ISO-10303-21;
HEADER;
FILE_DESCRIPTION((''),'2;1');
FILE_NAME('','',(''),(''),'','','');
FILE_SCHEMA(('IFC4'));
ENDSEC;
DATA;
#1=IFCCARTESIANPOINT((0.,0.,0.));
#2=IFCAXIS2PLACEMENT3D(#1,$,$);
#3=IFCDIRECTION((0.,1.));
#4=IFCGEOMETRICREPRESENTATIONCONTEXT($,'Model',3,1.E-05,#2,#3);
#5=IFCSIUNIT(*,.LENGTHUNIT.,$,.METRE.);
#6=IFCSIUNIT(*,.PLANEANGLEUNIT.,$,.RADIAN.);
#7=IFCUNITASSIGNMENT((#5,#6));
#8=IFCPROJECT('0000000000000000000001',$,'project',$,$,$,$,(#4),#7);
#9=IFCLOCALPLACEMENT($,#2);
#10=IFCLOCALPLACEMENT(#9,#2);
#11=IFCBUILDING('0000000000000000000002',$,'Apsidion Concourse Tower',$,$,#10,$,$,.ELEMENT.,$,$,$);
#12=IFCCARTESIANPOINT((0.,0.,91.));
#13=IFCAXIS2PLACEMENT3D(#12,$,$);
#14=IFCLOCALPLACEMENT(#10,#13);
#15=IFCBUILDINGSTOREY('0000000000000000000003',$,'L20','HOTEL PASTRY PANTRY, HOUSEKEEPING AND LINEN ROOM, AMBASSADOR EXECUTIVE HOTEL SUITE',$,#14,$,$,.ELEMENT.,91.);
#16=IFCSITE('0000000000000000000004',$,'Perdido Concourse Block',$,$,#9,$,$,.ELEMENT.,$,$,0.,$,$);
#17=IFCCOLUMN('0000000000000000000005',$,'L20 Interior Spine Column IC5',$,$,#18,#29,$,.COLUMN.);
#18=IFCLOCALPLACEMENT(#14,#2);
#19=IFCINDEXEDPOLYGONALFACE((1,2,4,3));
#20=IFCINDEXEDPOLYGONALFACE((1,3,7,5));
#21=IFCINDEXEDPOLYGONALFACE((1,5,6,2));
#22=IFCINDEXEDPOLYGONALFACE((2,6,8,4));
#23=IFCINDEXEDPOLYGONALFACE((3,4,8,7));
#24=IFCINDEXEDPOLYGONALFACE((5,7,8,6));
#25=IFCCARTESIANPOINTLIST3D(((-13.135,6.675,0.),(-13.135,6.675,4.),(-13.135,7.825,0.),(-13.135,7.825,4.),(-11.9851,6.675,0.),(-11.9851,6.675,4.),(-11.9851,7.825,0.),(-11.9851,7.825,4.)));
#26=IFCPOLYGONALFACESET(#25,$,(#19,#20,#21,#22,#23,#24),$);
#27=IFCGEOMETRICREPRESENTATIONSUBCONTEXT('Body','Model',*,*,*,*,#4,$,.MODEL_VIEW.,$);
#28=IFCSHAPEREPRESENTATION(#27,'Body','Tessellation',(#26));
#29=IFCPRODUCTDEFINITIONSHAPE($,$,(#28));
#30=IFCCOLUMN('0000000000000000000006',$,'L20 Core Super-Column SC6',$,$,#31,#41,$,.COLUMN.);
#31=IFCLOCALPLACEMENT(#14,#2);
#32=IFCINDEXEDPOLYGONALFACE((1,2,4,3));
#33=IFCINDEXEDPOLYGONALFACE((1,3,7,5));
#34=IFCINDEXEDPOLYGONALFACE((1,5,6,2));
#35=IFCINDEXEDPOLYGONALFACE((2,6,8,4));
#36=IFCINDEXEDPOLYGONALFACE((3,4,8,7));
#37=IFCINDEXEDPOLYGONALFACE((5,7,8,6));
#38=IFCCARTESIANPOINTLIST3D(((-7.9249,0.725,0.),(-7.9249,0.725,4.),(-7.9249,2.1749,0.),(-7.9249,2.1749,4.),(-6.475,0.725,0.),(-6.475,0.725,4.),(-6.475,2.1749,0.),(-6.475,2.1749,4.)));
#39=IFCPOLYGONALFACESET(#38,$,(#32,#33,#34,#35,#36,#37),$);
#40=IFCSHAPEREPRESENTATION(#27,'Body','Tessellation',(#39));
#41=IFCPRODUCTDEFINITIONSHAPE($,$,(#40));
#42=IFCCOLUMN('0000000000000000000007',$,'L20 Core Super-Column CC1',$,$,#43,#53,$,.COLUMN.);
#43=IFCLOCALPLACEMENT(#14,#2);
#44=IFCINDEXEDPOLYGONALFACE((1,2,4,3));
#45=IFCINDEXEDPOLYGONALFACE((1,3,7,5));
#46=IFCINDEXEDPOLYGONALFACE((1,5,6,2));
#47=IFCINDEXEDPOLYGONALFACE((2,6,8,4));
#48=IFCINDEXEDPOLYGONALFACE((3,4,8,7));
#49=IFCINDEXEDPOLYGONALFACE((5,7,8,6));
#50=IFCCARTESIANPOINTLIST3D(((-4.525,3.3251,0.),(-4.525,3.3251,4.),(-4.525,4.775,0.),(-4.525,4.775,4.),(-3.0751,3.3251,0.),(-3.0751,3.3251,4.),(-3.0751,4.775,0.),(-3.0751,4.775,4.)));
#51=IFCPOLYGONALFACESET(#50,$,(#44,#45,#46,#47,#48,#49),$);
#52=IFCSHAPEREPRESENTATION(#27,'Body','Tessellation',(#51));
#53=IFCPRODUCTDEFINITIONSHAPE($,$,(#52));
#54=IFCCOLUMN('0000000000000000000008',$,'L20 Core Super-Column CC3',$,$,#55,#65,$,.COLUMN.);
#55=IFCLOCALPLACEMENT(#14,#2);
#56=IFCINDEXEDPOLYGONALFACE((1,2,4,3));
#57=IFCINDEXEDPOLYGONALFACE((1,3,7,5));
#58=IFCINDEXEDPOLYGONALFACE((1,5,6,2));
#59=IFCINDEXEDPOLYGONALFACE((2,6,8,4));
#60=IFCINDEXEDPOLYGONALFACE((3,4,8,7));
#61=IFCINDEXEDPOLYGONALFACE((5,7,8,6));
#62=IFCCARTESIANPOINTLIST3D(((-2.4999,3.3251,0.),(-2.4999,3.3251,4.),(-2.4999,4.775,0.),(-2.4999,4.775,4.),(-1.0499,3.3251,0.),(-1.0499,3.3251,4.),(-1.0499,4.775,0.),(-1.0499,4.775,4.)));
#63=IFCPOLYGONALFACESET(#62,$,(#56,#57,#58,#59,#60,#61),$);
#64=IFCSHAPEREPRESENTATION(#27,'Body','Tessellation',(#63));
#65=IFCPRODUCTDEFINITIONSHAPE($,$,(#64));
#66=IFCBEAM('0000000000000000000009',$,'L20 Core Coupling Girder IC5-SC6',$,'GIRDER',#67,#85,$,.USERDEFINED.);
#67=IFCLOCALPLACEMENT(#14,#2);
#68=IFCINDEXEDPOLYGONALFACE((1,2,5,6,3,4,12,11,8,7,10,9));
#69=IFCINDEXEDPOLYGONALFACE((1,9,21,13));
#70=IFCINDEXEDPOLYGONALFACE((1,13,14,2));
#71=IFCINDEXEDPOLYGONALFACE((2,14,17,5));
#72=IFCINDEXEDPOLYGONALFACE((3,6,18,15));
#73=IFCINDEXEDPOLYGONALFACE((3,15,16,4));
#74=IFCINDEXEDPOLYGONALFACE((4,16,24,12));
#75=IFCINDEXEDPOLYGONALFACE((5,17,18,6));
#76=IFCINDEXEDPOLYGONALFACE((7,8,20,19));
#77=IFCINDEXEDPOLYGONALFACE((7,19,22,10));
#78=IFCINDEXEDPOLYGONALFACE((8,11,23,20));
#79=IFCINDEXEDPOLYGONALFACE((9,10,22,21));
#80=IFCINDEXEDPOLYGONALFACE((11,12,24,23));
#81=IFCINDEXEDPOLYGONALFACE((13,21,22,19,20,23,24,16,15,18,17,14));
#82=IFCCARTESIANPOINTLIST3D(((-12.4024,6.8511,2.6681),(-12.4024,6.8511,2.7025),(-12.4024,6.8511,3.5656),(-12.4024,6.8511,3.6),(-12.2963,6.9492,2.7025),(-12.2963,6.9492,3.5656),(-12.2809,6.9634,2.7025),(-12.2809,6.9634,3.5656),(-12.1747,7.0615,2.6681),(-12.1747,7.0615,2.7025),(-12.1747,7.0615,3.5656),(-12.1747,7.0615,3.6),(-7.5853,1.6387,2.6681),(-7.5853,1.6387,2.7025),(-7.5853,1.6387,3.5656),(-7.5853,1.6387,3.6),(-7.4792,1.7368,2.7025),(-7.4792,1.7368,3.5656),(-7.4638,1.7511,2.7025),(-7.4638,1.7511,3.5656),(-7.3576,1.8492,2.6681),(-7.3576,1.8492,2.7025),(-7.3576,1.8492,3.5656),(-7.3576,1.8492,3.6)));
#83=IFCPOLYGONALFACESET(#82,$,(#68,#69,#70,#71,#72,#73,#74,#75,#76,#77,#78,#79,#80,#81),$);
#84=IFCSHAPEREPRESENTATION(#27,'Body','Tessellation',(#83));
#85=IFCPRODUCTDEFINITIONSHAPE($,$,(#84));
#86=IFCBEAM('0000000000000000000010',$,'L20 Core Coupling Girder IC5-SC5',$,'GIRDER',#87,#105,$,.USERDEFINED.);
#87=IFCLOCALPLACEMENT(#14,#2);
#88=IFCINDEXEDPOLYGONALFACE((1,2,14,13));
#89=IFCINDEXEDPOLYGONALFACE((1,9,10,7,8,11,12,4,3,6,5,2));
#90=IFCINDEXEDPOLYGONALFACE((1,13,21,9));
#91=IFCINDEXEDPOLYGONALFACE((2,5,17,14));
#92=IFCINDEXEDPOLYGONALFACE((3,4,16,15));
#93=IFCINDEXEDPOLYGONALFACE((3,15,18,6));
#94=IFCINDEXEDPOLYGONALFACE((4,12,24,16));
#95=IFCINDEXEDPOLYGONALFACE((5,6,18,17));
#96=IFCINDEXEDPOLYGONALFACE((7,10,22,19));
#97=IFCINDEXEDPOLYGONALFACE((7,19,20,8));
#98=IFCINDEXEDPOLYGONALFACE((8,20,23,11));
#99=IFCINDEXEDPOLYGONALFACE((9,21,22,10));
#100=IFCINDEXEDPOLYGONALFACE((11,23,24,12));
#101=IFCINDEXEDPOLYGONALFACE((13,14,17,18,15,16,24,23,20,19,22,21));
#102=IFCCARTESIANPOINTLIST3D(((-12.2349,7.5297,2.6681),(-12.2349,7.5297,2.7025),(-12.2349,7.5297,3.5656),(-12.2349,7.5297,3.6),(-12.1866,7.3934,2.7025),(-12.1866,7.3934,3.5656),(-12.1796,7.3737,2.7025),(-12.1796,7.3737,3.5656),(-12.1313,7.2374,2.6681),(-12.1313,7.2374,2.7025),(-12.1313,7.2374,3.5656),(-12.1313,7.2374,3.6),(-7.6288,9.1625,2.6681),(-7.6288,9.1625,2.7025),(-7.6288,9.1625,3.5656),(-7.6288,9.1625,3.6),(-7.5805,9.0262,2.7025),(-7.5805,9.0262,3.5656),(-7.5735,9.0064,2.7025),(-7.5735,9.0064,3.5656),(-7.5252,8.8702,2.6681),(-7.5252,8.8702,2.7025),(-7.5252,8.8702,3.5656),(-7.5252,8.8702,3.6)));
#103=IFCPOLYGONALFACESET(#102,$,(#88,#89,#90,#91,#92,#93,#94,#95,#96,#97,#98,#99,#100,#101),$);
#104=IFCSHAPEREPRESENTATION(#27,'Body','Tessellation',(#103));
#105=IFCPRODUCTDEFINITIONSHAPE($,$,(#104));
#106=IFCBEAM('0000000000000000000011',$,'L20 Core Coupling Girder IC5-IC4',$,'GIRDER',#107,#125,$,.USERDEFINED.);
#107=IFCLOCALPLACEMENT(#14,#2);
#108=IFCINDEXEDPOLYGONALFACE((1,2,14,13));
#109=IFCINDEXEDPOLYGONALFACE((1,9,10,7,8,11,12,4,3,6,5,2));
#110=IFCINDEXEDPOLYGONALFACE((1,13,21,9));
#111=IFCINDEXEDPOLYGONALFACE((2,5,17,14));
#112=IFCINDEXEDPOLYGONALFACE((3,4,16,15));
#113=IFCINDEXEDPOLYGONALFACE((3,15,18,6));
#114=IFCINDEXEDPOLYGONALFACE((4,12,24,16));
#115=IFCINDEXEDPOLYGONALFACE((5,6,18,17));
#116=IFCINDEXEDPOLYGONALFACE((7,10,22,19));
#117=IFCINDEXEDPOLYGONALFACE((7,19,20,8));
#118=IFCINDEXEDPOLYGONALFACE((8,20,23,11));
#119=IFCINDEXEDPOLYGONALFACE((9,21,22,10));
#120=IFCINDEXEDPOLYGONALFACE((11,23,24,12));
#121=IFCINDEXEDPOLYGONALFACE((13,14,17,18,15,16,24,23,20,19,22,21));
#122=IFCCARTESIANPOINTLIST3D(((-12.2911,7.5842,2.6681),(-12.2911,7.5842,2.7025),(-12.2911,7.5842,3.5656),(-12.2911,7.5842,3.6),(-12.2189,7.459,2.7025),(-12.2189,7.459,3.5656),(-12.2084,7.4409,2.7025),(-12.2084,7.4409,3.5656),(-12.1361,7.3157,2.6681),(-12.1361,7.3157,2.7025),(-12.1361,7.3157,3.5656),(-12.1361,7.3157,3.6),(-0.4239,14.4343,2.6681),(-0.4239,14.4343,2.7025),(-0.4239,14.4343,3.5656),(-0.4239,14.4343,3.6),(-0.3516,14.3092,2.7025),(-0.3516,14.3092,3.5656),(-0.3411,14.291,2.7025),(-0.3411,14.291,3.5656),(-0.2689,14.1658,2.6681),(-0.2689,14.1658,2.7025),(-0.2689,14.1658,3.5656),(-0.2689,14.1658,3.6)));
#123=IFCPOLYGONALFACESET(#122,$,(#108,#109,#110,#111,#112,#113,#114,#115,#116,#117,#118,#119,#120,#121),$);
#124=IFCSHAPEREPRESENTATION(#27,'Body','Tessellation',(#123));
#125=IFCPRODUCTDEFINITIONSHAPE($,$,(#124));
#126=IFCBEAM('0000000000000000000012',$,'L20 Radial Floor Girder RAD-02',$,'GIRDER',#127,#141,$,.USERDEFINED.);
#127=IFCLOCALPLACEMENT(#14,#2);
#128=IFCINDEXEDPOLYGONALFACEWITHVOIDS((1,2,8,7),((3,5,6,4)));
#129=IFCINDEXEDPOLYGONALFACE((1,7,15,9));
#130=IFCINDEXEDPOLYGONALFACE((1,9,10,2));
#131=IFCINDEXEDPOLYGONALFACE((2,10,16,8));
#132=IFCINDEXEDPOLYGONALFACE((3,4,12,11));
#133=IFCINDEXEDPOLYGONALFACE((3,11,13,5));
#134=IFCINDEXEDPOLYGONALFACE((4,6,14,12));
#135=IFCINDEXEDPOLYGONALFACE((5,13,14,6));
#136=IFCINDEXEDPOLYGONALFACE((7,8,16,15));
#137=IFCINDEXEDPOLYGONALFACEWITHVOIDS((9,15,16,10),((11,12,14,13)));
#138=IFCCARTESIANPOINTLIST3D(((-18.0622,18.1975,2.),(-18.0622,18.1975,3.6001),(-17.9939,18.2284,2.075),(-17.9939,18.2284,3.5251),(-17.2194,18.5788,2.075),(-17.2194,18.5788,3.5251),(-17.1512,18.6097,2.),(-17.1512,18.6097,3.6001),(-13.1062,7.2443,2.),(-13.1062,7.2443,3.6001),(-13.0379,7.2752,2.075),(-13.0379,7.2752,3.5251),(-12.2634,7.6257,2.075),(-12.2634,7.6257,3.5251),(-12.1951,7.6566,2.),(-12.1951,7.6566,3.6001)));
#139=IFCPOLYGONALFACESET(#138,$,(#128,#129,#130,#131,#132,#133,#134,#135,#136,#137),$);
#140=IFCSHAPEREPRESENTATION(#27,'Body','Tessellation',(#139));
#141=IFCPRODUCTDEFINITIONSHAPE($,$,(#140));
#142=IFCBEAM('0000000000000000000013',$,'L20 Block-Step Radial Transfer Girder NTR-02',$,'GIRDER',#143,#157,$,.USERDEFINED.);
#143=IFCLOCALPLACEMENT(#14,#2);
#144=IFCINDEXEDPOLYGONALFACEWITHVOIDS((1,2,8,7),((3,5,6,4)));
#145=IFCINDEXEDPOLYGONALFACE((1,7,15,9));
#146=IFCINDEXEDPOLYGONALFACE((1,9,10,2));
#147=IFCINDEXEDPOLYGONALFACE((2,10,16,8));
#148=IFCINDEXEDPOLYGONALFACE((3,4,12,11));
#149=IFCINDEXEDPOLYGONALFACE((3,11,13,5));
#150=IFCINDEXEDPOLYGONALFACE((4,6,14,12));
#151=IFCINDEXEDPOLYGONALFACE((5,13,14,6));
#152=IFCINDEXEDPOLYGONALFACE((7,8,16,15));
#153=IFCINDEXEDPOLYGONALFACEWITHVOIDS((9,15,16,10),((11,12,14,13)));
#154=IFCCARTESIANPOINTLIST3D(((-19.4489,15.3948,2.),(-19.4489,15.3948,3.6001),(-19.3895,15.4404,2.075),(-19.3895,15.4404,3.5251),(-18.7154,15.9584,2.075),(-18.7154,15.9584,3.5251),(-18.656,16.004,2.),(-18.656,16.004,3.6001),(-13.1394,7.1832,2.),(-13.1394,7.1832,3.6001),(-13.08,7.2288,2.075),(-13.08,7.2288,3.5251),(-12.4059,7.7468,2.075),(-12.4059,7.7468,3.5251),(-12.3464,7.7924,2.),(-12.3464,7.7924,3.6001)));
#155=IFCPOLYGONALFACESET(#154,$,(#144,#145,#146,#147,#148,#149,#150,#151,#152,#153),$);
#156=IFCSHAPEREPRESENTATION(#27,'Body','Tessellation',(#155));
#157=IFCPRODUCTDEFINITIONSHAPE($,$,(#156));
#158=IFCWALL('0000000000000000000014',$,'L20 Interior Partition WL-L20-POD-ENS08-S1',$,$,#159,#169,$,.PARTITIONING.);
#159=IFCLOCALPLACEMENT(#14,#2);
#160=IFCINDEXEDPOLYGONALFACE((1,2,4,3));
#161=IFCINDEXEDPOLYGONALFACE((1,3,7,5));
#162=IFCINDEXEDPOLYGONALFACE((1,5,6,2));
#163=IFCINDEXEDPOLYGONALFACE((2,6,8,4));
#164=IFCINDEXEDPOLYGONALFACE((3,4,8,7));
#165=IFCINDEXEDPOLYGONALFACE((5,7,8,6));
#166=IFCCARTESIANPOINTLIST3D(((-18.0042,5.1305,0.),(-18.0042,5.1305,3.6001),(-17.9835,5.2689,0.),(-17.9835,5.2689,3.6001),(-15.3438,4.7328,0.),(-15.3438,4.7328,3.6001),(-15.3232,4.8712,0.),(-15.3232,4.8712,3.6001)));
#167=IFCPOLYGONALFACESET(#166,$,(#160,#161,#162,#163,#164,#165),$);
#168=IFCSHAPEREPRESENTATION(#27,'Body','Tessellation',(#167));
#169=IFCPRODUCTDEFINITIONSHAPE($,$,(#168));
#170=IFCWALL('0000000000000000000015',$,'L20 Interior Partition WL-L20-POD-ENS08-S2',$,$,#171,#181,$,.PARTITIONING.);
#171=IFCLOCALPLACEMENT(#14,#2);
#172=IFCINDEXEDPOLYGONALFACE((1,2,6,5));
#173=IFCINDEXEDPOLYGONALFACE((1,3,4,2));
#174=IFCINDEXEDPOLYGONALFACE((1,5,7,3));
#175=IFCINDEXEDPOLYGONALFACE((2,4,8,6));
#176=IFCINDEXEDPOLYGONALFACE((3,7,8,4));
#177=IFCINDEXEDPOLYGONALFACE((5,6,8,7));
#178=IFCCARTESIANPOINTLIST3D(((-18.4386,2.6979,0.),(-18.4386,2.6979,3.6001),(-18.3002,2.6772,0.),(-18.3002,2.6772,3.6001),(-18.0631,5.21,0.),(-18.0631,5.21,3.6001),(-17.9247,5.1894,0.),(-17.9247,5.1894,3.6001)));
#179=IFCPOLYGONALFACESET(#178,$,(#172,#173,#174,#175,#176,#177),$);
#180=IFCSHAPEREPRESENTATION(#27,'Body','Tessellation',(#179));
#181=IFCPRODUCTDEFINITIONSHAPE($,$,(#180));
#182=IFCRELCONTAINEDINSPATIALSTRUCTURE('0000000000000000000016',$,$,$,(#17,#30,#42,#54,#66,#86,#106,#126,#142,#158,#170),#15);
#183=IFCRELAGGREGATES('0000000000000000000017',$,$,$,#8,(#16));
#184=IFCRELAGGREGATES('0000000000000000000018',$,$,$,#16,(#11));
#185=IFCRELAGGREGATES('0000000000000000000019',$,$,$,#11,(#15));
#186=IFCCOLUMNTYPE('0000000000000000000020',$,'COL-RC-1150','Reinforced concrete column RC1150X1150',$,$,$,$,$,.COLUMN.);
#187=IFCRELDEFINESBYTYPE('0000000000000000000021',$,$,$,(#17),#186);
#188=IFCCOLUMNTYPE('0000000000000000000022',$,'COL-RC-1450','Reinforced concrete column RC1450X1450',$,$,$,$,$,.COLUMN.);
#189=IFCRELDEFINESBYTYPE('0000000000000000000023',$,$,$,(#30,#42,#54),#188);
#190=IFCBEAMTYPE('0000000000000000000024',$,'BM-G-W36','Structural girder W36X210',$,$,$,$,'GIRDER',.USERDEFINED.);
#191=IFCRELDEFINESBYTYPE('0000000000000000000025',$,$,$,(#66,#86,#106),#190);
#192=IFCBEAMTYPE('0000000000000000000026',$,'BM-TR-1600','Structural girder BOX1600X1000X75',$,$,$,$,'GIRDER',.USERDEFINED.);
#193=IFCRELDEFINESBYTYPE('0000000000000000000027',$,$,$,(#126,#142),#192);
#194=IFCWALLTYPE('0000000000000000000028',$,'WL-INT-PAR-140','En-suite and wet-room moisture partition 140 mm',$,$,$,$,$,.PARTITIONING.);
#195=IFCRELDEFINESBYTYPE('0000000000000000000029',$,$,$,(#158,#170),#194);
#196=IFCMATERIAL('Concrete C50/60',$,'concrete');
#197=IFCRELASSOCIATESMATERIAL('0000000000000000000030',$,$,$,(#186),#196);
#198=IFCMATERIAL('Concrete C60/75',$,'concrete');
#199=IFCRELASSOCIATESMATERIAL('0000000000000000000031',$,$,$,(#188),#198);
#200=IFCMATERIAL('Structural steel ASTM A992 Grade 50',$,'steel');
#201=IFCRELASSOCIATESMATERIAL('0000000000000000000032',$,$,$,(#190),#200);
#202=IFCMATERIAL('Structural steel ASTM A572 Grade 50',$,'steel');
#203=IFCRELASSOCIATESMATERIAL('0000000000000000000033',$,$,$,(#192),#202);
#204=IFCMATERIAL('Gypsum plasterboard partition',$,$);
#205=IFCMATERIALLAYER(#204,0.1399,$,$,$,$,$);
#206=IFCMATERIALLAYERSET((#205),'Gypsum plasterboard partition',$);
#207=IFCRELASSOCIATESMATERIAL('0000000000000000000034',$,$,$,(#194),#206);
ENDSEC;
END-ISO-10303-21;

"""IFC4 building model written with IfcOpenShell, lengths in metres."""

from ifc_helpers import new_model, si_unit, direction, frame, frame_2d, origin, origin_2d, place, context, subcontext, project, spatial, rectangle, hollow_rectangle, i_section, extrude, material, layer, layer_set, material_profile, profile_set, type_object, element, save


model = new_model("IFC4")

# Units and contexts
model_context = context("Model", 3, precision=1e-05, world=origin(), true_north=direction((0.0, 1.0)))
body_context = subcontext(model_context, "Body", "Model", "MODEL_VIEW")
ifc_project = project(units=[si_unit("LENGTHUNIT", "METRE"), si_unit("PLANEANGLEUNIT", "RADIAN")], contexts=[model_context])

# Site, building, storey
site_placement = place(None, origin())
site = spatial("IfcSite", under=ifc_project, at=site_placement, Name="Perdido Concourse Block", CompositionType="ELEMENT", RefElevation=0.0)
building_placement = place(site_placement, origin())
building = spatial("IfcBuilding", under=site, at=building_placement, Name="Apsidion Concourse Tower", CompositionType="ELEMENT")
storey_placement = place(building_placement, frame((0.0, 0.0, 91.0)))
storey = spatial("IfcBuildingStorey", under=building, at=storey_placement, Name="L20", Description="HOTEL PASTRY PANTRY, HOUSEKEEPING AND LINEN ROOM, AMBASSADOR EXECUTIVE HOTEL SUITE", CompositionType="ELEMENT", Elevation=91.0)

# Columns
ifc_material_1 = material(Name="Concrete C50/60", Category="concrete")
ifc_material_profile_1 = material_profile(ifc_material_1, rectangle(XDim=1.1499, YDim=1.1499, at=origin_2d()), Name="RC 1150x1150")
ifc_profile_set_1 = profile_set([ifc_material_profile_1], Name="Concrete C50/60")
column_type_1 = type_object("IfcColumnType", Name="COL-RC-1150", Description="Reinforced concrete column RC1150X1150", PredefinedType="COLUMN", material=ifc_profile_set_1)
column_placement = place(storey_placement, frame((-12.5601, 7.25, 0.0), z_axis=(0.0, 0.0, 1.0), x_axis=(1.0, 0.0, 0.0)))
element("IfcColumn", 1, at=column_placement, inside=storey, type_object=column_type_1, Name="L20 Interior Spine Column IC5", PredefinedType="COLUMN", context=body_context, shape_type="SweptSolid", body=[
    extrude(rectangle(XDim=1.1499, YDim=1.1499, at=origin_2d()), origin(), (0.0, 0.0, 1.0), 4.0),
])
ifc_material_2 = material(Name="Concrete C60/75", Category="concrete")
ifc_material_profile_2 = material_profile(ifc_material_2, rectangle(XDim=1.45, YDim=1.45, at=origin_2d()), Name="RC 1450x1450")
ifc_profile_set_2 = profile_set([ifc_material_profile_2], Name="Concrete C60/75")
column_type_2 = type_object("IfcColumnType", Name="COL-RC-1450", Description="Reinforced concrete column RC1450X1450", PredefinedType="COLUMN", material=ifc_profile_set_2)
for number, where, z_axis, x_axis, name in (
    (2, (-7.2, 1.45, 0.0), (0.0, 0.0, 1.0), (1.0, 0.0, 0.0), "L20 Core Super-Column SC6"),
    (3, (-3.8, 4.05, 0.0), (0.0, 0.0, 1.0), (1.0, 0.0, 0.0), "L20 Core Super-Column CC1"),
    (4, (-1.7749, 4.05, 0.0), (0.0, 0.0, 1.0), (1.0, 0.0, 0.0), "L20 Core Super-Column CC3"),
):
    element("IfcColumn", number, at=place(storey_placement, frame(where, z_axis=z_axis, x_axis=x_axis)), inside=storey, type_object=column_type_2, Name=name, PredefinedType="COLUMN", context=body_context, shape_type="SweptSolid", body=[
        extrude(rectangle(XDim=1.45, YDim=1.45, at=origin_2d()), origin(), (0.0, 0.0, 1.0), 4.0),
    ])

# Beams
ifc_material_3 = material(Name="Structural steel ASTM A992 Grade 50", Category="steel")
ifc_material_profile_3 = material_profile(ifc_material_3, i_section(OverallWidth=0.3101, OverallDepth=0.9319, WebThickness=0.021, FlangeThickness=0.0344, at=origin_2d()), Name="W36X210")
ifc_profile_set_3 = profile_set([ifc_material_profile_3], Name="Structural steel ASTM A992 Grade 50")
beam_type_1 = type_object("IfcBeamType", Name="BM-G-W36", Description="Structural girder W36X210", ElementType="GIRDER", PredefinedType="USERDEFINED", material=ifc_profile_set_3)
beam_1_placement = place(storey_placement, frame((-12.2886, 6.9563, 3.134), z_axis=(0.678713, -0.734404, 0.0), x_axis=(0.734404, 0.678713, 0.0)))
element("IfcBeam", 5, at=beam_1_placement, inside=storey, type_object=beam_type_1, Name="L20 Core Coupling Girder IC5-SC6", ObjectType="GIRDER", PredefinedType="USERDEFINED", context=body_context, shape_type="SweptSolid", body=[
    extrude(i_section(OverallWidth=0.3101, OverallDepth=0.9319, WebThickness=0.021, FlangeThickness=0.0344, at=origin_2d()), origin(), (0.0, 0.0, 1.0), 7.0974),
])
beam_2_placement = place(storey_placement, frame((-12.1831, 7.3835, 3.134), z_axis=(0.942534, 0.334111, 0.0), x_axis=(-0.334111, 0.942534, 0.0)))
element("IfcBeam", 6, at=beam_2_placement, inside=storey, type_object=beam_type_1, Name="L20 Core Coupling Girder IC5-SC5", ObjectType="GIRDER", PredefinedType="USERDEFINED", context=body_context, shape_type="SweptSolid", body=[
    extrude(i_section(OverallWidth=0.3101, OverallDepth=0.9319, WebThickness=0.021, FlangeThickness=0.0344, at=origin_2d()), origin(), (0.0, 0.0, 1.0), 4.887),
])
beam_3_placement = place(storey_placement, frame((-12.2136, 7.45, 3.134), z_axis=(0.86607, 0.499922, 0.0), x_axis=(-0.499922, 0.86607, 0.0)))
element("IfcBeam", 7, at=beam_3_placement, inside=storey, type_object=beam_type_1, Name="L20 Core Coupling Girder IC5-IC4", ObjectType="GIRDER", PredefinedType="USERDEFINED", context=body_context, shape_type="SweptSolid", body=[
    extrude(i_section(OverallWidth=0.3101, OverallDepth=0.9319, WebThickness=0.021, FlangeThickness=0.0344, at=origin_2d()), origin(), (0.0, 0.0, 1.0), 13.7024),
])
ifc_material_4 = material(Name="Structural steel ASTM A572 Grade 50", Category="steel")
ifc_material_profile_4 = material_profile(ifc_material_4, hollow_rectangle(XDim=1.0, YDim=1.6001, WallThickness=0.075, at=origin_2d()), Name="BOX1600X1000X75")
ifc_profile_set_4 = profile_set([ifc_material_profile_4], Name="Structural steel ASTM A572 Grade 50")
beam_type_2 = type_object("IfcBeamType", Name="BM-TR-1600", Description="Structural girder BOX1600X1000X75", ElementType="GIRDER", PredefinedType="USERDEFINED", material=ifc_profile_set_4)
beam_4_placement = place(storey_placement, frame((-12.6506, 7.4504, 2.8), z_axis=(-0.412242, 0.911075, 0.0), x_axis=(-0.911075, -0.412242, 0.0)))
element("IfcBeam", 8, at=beam_4_placement, inside=storey, type_object=beam_type_2, Name="L20 Radial Floor Girder RAD-02", ObjectType="GIRDER", PredefinedType="USERDEFINED", context=body_context, shape_type="SweptSolid", body=[
    extrude(hollow_rectangle(XDim=1.0, YDim=1.6001, WallThickness=0.075, at=origin_2d()), origin(), (0.0, 0.0, 1.0), 12.0222),
])
beam_5_placement = place(storey_placement, frame((-12.7429, 7.4878, 2.8), z_axis=(-0.60928, 0.792955, 0.0), x_axis=(-0.792955, -0.60928, 0.0)))
element("IfcBeam", 9, at=beam_5_placement, inside=storey, type_object=beam_type_2, Name="L20 Block-Step Radial Transfer Girder NTR-02", ObjectType="GIRDER", PredefinedType="USERDEFINED", context=body_context, shape_type="SweptSolid", body=[
    extrude(hollow_rectangle(XDim=1.0, YDim=1.6001, WallThickness=0.075, at=origin_2d()), origin(), (0.0, 0.0, 1.0), 10.3557),
])

# Walls
ifc_material_5 = material(Name="Gypsum plasterboard partition")
ifc_layer_1 = layer(ifc_material_5, 0.1399)
ifc_layer_set_1 = layer_set([ifc_layer_1], Name="Gypsum plasterboard partition")
wall_type_1 = type_object("IfcWallType", Name="WL-INT-PAR-140", Description="En-suite and wet-room moisture partition 140 mm", PredefinedType="PARTITIONING", material=ifc_layer_set_1)
wall_1_placement = place(storey_placement, frame((-15.3335, 4.802, 0.0), z_axis=(0.0, 0.0, 1.0), x_axis=(-0.98901, 0.147848, 0.0)))
element("IfcWall", 10, at=wall_1_placement, inside=storey, type_object=wall_type_1, Name="L20 Interior Partition WL-L20-POD-ENS08-S1", PredefinedType="PARTITIONING", context=body_context, shape_type="SweptSolid", body=[
    extrude(rectangle(XDim=2.6899, YDim=0.1399, at=frame_2d((1.345, 0.0))), origin(), (0.0, 0.0, 1.0), 3.6001),
])
wall_2_placement = place(storey_placement, frame((-17.9939, 5.1997, 0.0), z_axis=(0.0, 0.0, 1.0), x_axis=(-0.147823, -0.989014, 0.0)))
element("IfcWall", 11, at=wall_2_placement, inside=storey, type_object=wall_type_1, Name="L20 Interior Partition WL-L20-POD-ENS08-S2", PredefinedType="PARTITIONING", context=body_context, shape_type="SweptSolid", body=[
    extrude(rectangle(XDim=2.54, YDim=0.1399, at=frame_2d((1.27, 0.0))), origin(), (0.0, 0.0, 1.0), 3.6001),
])

save(model, "model.ifc")
